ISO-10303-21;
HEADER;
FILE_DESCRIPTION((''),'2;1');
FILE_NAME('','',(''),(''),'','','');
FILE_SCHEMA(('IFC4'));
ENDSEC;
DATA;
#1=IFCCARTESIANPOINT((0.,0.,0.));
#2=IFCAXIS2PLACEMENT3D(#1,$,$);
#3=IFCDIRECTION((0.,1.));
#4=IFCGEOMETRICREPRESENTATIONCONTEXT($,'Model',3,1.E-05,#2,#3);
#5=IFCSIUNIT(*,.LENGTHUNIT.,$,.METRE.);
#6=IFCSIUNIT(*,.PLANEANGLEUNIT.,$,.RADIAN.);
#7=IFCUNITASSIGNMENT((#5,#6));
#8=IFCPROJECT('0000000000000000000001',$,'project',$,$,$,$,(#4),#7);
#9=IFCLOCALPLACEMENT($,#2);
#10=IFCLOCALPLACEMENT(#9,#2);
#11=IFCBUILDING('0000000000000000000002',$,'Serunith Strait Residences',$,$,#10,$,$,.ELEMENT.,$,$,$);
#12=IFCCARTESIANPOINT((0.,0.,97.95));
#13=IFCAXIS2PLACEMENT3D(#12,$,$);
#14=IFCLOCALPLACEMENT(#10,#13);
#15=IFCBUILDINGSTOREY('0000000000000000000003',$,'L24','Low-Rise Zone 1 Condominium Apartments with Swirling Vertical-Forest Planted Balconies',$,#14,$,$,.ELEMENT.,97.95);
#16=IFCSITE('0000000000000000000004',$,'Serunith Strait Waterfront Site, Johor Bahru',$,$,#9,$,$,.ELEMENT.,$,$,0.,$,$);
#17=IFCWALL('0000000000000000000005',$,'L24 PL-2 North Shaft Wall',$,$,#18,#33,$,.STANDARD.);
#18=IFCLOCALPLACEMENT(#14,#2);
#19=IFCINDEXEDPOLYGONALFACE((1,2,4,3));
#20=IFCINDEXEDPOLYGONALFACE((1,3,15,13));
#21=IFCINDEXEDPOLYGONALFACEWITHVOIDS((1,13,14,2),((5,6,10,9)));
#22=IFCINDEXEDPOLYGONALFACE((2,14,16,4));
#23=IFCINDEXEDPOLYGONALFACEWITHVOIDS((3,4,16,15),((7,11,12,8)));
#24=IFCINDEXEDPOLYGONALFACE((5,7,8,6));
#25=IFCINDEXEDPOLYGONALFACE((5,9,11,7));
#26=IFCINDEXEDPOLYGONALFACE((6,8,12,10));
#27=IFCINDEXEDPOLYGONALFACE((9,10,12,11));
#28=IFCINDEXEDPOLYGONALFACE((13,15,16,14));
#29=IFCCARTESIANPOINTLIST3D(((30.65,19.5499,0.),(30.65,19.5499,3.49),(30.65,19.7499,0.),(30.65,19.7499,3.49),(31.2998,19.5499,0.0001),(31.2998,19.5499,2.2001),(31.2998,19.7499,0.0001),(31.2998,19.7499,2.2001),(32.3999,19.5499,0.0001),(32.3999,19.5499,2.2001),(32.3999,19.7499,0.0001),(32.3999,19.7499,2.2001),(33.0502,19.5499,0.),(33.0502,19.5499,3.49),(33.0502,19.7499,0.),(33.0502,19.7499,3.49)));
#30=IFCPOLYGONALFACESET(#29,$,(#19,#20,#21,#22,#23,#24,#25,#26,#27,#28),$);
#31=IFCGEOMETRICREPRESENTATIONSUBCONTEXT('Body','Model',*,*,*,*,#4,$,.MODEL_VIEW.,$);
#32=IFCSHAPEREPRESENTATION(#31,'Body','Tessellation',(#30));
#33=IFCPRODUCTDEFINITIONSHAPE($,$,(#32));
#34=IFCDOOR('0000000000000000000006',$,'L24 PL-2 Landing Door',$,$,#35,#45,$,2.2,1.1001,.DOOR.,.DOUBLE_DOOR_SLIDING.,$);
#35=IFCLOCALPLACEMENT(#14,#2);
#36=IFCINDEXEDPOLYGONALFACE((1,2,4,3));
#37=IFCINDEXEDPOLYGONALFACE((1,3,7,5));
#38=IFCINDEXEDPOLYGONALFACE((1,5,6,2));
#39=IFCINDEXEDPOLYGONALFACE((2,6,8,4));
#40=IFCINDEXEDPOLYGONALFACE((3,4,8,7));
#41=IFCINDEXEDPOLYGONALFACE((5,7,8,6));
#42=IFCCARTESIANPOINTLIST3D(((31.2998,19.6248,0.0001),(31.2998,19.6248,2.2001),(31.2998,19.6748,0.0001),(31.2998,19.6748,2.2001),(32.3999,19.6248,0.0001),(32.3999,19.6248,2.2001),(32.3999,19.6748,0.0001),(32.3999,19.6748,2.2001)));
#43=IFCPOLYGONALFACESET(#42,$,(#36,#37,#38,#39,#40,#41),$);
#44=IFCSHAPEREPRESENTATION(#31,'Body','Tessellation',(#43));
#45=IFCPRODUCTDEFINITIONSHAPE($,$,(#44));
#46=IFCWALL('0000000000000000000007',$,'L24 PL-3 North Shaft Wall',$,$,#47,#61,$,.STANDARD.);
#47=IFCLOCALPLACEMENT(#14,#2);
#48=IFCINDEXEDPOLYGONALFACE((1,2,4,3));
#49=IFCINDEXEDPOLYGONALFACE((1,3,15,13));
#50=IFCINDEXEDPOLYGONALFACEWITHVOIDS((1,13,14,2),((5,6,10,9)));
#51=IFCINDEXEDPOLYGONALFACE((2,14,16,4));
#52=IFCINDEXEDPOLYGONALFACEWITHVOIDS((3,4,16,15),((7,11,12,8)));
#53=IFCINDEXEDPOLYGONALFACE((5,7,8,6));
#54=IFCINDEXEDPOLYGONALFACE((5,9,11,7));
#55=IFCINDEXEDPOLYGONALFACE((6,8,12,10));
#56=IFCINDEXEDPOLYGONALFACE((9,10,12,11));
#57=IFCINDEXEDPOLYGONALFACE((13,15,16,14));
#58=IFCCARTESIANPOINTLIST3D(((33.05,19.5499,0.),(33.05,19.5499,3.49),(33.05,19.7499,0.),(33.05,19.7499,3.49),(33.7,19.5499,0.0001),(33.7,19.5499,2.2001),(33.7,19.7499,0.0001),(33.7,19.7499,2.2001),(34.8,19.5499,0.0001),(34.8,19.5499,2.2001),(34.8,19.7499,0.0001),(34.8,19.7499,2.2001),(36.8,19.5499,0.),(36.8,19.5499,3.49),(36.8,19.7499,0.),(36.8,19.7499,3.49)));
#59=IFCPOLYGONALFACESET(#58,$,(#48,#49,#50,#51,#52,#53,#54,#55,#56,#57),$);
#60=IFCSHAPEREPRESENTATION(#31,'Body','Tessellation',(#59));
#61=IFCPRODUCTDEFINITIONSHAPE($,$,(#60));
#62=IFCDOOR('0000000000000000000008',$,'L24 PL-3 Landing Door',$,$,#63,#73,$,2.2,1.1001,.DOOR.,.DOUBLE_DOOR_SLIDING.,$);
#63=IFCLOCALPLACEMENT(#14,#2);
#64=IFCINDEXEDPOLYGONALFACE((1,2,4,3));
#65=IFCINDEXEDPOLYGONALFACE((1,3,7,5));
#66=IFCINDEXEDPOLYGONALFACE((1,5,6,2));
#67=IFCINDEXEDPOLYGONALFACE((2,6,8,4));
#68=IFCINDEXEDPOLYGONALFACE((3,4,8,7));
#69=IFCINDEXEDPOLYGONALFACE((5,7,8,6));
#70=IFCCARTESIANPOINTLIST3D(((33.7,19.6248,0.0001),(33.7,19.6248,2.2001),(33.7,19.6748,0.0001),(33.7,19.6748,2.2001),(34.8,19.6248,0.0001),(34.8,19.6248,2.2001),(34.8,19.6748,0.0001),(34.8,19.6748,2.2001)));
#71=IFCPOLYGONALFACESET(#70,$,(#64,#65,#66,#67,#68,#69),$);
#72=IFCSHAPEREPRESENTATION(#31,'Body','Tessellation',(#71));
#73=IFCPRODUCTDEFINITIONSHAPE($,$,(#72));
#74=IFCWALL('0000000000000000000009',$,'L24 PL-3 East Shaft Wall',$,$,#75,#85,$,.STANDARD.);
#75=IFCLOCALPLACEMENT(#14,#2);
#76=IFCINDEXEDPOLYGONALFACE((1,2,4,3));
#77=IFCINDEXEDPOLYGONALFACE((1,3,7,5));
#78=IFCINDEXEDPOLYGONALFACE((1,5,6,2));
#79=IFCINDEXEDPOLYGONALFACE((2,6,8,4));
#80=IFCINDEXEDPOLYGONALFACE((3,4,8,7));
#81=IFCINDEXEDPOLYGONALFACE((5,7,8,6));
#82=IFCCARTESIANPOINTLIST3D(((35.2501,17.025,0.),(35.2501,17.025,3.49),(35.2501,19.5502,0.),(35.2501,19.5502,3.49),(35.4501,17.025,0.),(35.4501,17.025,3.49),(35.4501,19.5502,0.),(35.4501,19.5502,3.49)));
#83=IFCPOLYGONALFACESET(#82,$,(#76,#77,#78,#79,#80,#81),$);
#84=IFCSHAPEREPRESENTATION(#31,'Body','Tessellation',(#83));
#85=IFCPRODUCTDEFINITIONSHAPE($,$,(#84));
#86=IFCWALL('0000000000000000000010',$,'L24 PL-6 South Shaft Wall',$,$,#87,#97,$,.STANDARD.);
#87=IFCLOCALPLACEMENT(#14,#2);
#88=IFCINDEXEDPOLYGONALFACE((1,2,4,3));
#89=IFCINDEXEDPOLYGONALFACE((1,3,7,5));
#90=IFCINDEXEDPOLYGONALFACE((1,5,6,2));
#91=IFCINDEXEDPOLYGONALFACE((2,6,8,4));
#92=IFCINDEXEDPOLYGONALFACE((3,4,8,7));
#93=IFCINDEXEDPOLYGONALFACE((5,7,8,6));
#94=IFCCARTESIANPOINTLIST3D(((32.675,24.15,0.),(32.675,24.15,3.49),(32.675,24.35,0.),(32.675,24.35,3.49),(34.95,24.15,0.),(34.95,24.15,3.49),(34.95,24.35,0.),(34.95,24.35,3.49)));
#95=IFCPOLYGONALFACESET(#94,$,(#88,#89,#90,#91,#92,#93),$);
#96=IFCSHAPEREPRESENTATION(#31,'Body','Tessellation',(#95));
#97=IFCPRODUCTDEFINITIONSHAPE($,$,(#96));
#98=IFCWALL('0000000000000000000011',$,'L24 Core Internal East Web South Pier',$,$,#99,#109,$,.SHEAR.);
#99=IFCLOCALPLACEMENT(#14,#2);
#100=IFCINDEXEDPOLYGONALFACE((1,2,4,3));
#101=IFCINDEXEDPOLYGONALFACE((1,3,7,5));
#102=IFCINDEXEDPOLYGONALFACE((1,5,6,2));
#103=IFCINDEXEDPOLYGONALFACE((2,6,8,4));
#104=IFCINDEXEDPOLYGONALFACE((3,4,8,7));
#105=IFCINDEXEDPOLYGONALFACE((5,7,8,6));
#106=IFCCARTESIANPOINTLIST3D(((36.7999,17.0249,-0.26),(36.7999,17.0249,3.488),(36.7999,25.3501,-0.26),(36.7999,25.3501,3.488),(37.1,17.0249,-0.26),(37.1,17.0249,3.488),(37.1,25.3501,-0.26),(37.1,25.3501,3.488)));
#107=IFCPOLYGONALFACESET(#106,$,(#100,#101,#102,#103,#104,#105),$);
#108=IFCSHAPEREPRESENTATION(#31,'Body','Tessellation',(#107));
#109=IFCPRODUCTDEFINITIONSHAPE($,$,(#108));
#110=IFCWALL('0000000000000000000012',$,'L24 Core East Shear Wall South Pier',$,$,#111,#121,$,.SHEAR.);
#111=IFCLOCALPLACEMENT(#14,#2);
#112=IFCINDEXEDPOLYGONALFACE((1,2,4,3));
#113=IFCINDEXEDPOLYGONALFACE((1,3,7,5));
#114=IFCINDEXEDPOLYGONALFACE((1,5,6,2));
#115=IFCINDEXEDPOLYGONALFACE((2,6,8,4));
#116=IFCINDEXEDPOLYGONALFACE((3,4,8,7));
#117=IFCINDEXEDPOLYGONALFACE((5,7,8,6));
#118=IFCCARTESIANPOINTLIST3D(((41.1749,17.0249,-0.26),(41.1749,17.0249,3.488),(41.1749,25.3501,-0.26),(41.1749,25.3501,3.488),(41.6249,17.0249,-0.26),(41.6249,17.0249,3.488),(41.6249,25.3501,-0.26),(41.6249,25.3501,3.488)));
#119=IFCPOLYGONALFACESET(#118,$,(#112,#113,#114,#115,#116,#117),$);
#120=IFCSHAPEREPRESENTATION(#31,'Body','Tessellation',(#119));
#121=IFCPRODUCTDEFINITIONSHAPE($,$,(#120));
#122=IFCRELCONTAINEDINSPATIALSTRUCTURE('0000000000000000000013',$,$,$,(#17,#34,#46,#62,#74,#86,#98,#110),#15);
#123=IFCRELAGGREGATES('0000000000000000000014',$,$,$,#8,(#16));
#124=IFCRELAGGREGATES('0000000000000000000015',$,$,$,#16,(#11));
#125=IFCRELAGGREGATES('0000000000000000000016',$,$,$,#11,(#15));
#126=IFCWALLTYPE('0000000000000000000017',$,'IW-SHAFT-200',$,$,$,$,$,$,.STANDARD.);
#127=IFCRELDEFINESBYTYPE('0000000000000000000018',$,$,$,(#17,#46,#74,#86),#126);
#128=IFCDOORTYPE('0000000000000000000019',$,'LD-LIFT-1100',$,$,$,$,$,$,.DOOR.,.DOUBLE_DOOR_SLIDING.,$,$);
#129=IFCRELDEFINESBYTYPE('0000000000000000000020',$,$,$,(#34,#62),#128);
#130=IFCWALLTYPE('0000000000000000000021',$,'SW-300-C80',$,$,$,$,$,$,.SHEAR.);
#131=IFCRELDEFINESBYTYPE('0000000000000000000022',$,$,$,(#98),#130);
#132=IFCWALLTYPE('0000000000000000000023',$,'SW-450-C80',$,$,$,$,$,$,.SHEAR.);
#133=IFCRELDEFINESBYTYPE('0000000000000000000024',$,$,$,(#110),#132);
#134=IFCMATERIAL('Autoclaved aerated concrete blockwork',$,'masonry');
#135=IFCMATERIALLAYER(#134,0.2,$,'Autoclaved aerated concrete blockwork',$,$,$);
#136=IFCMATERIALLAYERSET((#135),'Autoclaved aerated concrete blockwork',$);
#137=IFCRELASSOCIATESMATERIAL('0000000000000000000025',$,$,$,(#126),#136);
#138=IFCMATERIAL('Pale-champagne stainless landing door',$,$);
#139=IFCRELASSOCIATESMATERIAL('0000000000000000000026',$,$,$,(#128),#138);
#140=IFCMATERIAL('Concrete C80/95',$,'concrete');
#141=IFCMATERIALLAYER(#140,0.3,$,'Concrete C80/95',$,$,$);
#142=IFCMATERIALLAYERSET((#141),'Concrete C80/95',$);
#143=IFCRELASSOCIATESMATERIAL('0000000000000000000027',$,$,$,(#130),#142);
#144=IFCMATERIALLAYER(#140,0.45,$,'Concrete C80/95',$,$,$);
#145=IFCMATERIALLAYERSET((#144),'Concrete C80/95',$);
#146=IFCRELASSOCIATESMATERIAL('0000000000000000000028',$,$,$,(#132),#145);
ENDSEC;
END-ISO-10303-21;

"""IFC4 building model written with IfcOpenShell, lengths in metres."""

from ifc_helpers import new_model, si_unit, direction, frame, frame_2d, origin, place, context, subcontext, project, spatial, rectangle, extrude, source, transform, mapped, material, layer, layer_set, type_object, element, fill, save


model = new_model("IFC4")

# Units and contexts
model_context = context("Model", 3, precision=1e-05, world=origin(), true_north=direction((0.0, 1.0)))
body_context = subcontext(model_context, "Body", "Model", "MODEL_VIEW")
ifc_project = project(units=[si_unit("LENGTHUNIT", "METRE"), si_unit("PLANEANGLEUNIT", "RADIAN")], contexts=[model_context])

# Site, building, storey
site_placement = place(None, origin())
site = spatial("IfcSite", under=ifc_project, at=site_placement, Name="Serunith Strait Waterfront Site, Johor Bahru", CompositionType="ELEMENT", RefElevation=0.0)
building_placement = place(site_placement, origin())
building = spatial("IfcBuilding", under=site, at=building_placement, Name="Serunith Strait Residences", CompositionType="ELEMENT")
storey_placement = place(building_placement, frame((0.0, 0.0, 97.95)))
storey = spatial("IfcBuildingStorey", under=building, at=storey_placement, Name="L24", Description="Low-Rise Zone 1 Condominium Apartments with Swirling Vertical-Forest Planted Balconies", CompositionType="ELEMENT", Elevation=97.95)

# Walls, openings, doors
ifc_material_1 = material(Name="Autoclaved aerated concrete blockwork", Category="masonry")
ifc_layer_1 = layer(ifc_material_1, 0.2, Name="Autoclaved aerated concrete blockwork")
ifc_layer_set_1 = layer_set([ifc_layer_1], Name="Autoclaved aerated concrete blockwork")
wall_type_1 = type_object("IfcWallType", Name="IW-SHAFT-200", PredefinedType="STANDARD", material=ifc_layer_set_1)
wall_1_placement = place(storey_placement, frame((30.6499, 19.6499, 0.0), z_axis=(0.0, 0.0, 1.0), x_axis=(1.0, 0.0, 0.0)))
wall_1 = element("IfcWall", 1, at=wall_1_placement, inside=storey, type_object=wall_type_1, Name="L24 PL-2 North Shaft Wall", PredefinedType="STANDARD", context=body_context, shape_type="SweptSolid", body=[
    extrude(rectangle(XDim=2.4001, YDim=0.2, at=frame_2d((1.2002, 0.0))), origin(), (0.0, 0.0, 1.0), 3.49),
])
opening_1_placement = place(wall_1_placement, frame((0.6499, 0.0, 0.0)))
opening_1 = element("IfcOpeningElement", 2, at=opening_1_placement, cuts=wall_1, PredefinedType="OPENING", context=body_context, shape_type="SweptSolid", body=[
    extrude(rectangle(XDim=1.1001, YDim=2.2, at=frame_2d((0.55, 1.1001))), frame((0.0, 0.1099, 0.0), z_axis=(0.0, -1.0, 0.0), x_axis=(1.0, 0.0, 0.0)), (0.0, 0.0, 1.0), 0.22),
])
ifc_material_2 = material(Name="Pale-champagne stainless landing door")
door_type_1 = type_object("IfcDoorType", Name="LD-LIFT-1100", OperationType="DOUBLE_DOOR_SLIDING", PredefinedType="DOOR", material=ifc_material_2)
shared_shape_1 = source(origin(), body_context, "Body", "SweptSolid", [
    extrude(rectangle(XDim=1.1001, YDim=2.2, at=frame_2d((0.55, 1.1001))), frame((0.0, 0.0249, 0.0), z_axis=(0.0, -1.0, 0.0), x_axis=(1.0, 0.0, 0.0)), (0.0, 0.0, 1.0), 0.05),
])
door_1_placement = place(opening_1_placement, origin())
door_1 = element("IfcDoor", 3, at=door_1_placement, inside=storey, type_object=door_type_1, Name="L24 PL-2 Landing Door", OperationType="DOUBLE_DOOR_SLIDING", OverallHeight=2.2, OverallWidth=1.1001, PredefinedType="DOOR", context=body_context, shape_type="MappedRepresentation", body=[
    mapped(shared_shape_1, transform((0.0, 0.0, 0.0), scale=1.0)),
])
fill(opening_1, door_1)
wall_2_placement = place(storey_placement, frame((33.05, 19.6499, 0.0), z_axis=(0.0, 0.0, 1.0), x_axis=(1.0, 0.0, 0.0)))
wall_2 = element("IfcWall", 4, at=wall_2_placement, inside=storey, type_object=wall_type_1, Name="L24 PL-3 North Shaft Wall", PredefinedType="STANDARD", context=body_context, shape_type="SweptSolid", body=[
    extrude(rectangle(XDim=3.75, YDim=0.2, at=frame_2d((1.875, 0.0))), origin(), (0.0, 0.0, 1.0), 3.49),
])
opening_2_placement = place(wall_2_placement, frame((0.6499, 0.0, 0.0)))
opening_2 = element("IfcOpeningElement", 5, at=opening_2_placement, cuts=wall_2, PredefinedType="OPENING", context=body_context, shape_type="SweptSolid", body=[
    extrude(rectangle(XDim=1.1001, YDim=2.2, at=frame_2d((0.55, 1.1001))), frame((0.0, 0.1099, 0.0), z_axis=(0.0, -1.0, 0.0), x_axis=(1.0, 0.0, 0.0)), (0.0, 0.0, 1.0), 0.22),
])
door_2_placement = place(opening_2_placement, origin())
door_2 = element("IfcDoor", 6, at=door_2_placement, inside=storey, type_object=door_type_1, Name="L24 PL-3 Landing Door", OperationType="DOUBLE_DOOR_SLIDING", OverallHeight=2.2, OverallWidth=1.1001, PredefinedType="DOOR", context=body_context, shape_type="MappedRepresentation", body=[
    mapped(shared_shape_1, transform((0.0, 0.0, 0.0), scale=1.0)),
])
fill(opening_2, door_2)

# Walls
wall_3_placement = place(storey_placement, frame((35.3501, 17.0249, 0.0), z_axis=(0.0, 0.0, 1.0), x_axis=(0.0, 1.0, 0.0)))
element("IfcWall", 7, at=wall_3_placement, inside=storey, type_object=wall_type_1, Name="L24 PL-3 East Shaft Wall", PredefinedType="STANDARD", context=body_context, shape_type="SweptSolid", body=[
    extrude(rectangle(XDim=2.5251, YDim=0.2, at=frame_2d((1.2627, 0.0))), origin(), (0.0, 0.0, 1.0), 3.49),
])
wall_4_placement = place(storey_placement, frame((32.675, 24.25, 0.0), z_axis=(0.0, 0.0, 1.0), x_axis=(1.0, 0.0, 0.0)))
element("IfcWall", 8, at=wall_4_placement, inside=storey, type_object=wall_type_1, Name="L24 PL-6 South Shaft Wall", PredefinedType="STANDARD", context=body_context, shape_type="SweptSolid", body=[
    extrude(rectangle(XDim=2.2749, YDim=0.2, at=frame_2d((1.1375, 0.0))), origin(), (0.0, 0.0, 1.0), 3.49),
])
ifc_material_3 = material(Name="Concrete C80/95", Category="concrete")
ifc_layer_2 = layer(ifc_material_3, 0.3, Name="Concrete C80/95")
ifc_layer_set_2 = layer_set([ifc_layer_2], Name="Concrete C80/95")
wall_type_2 = type_object("IfcWallType", Name="SW-300-C80", PredefinedType="SHEAR", material=ifc_layer_set_2)
wall_5_placement = place(storey_placement, frame((36.95, 17.0249, -0.26), z_axis=(0.0, 0.0, 1.0), x_axis=(0.0, 1.0, 0.0)))
element("IfcWall", 9, at=wall_5_placement, inside=storey, type_object=wall_type_2, Name="L24 Core Internal East Web South Pier", PredefinedType="SHEAR", context=body_context, shape_type="SweptSolid", body=[
    extrude(rectangle(XDim=8.3252, YDim=0.3, at=frame_2d((4.1626, 0.0))), origin(), (0.0, 0.0, 1.0), 3.748),
])
ifc_layer_3 = layer(ifc_material_3, 0.45, Name="Concrete C80/95")
ifc_layer_set_3 = layer_set([ifc_layer_3], Name="Concrete C80/95")
wall_type_3 = type_object("IfcWallType", Name="SW-450-C80", PredefinedType="SHEAR", material=ifc_layer_set_3)
wall_6_placement = place(storey_placement, frame((41.3999, 17.0249, -0.26), z_axis=(0.0, 0.0, 1.0), x_axis=(0.0, 1.0, 0.0)))
element("IfcWall", 10, at=wall_6_placement, inside=storey, type_object=wall_type_3, Name="L24 Core East Shear Wall South Pier", PredefinedType="SHEAR", context=body_context, shape_type="SweptSolid", body=[
    extrude(rectangle(XDim=8.3252, YDim=0.45, at=frame_2d((4.1626, 0.0))), origin(), (0.0, 0.0, 1.0), 3.748),
])

save(model, "model.ifc")
